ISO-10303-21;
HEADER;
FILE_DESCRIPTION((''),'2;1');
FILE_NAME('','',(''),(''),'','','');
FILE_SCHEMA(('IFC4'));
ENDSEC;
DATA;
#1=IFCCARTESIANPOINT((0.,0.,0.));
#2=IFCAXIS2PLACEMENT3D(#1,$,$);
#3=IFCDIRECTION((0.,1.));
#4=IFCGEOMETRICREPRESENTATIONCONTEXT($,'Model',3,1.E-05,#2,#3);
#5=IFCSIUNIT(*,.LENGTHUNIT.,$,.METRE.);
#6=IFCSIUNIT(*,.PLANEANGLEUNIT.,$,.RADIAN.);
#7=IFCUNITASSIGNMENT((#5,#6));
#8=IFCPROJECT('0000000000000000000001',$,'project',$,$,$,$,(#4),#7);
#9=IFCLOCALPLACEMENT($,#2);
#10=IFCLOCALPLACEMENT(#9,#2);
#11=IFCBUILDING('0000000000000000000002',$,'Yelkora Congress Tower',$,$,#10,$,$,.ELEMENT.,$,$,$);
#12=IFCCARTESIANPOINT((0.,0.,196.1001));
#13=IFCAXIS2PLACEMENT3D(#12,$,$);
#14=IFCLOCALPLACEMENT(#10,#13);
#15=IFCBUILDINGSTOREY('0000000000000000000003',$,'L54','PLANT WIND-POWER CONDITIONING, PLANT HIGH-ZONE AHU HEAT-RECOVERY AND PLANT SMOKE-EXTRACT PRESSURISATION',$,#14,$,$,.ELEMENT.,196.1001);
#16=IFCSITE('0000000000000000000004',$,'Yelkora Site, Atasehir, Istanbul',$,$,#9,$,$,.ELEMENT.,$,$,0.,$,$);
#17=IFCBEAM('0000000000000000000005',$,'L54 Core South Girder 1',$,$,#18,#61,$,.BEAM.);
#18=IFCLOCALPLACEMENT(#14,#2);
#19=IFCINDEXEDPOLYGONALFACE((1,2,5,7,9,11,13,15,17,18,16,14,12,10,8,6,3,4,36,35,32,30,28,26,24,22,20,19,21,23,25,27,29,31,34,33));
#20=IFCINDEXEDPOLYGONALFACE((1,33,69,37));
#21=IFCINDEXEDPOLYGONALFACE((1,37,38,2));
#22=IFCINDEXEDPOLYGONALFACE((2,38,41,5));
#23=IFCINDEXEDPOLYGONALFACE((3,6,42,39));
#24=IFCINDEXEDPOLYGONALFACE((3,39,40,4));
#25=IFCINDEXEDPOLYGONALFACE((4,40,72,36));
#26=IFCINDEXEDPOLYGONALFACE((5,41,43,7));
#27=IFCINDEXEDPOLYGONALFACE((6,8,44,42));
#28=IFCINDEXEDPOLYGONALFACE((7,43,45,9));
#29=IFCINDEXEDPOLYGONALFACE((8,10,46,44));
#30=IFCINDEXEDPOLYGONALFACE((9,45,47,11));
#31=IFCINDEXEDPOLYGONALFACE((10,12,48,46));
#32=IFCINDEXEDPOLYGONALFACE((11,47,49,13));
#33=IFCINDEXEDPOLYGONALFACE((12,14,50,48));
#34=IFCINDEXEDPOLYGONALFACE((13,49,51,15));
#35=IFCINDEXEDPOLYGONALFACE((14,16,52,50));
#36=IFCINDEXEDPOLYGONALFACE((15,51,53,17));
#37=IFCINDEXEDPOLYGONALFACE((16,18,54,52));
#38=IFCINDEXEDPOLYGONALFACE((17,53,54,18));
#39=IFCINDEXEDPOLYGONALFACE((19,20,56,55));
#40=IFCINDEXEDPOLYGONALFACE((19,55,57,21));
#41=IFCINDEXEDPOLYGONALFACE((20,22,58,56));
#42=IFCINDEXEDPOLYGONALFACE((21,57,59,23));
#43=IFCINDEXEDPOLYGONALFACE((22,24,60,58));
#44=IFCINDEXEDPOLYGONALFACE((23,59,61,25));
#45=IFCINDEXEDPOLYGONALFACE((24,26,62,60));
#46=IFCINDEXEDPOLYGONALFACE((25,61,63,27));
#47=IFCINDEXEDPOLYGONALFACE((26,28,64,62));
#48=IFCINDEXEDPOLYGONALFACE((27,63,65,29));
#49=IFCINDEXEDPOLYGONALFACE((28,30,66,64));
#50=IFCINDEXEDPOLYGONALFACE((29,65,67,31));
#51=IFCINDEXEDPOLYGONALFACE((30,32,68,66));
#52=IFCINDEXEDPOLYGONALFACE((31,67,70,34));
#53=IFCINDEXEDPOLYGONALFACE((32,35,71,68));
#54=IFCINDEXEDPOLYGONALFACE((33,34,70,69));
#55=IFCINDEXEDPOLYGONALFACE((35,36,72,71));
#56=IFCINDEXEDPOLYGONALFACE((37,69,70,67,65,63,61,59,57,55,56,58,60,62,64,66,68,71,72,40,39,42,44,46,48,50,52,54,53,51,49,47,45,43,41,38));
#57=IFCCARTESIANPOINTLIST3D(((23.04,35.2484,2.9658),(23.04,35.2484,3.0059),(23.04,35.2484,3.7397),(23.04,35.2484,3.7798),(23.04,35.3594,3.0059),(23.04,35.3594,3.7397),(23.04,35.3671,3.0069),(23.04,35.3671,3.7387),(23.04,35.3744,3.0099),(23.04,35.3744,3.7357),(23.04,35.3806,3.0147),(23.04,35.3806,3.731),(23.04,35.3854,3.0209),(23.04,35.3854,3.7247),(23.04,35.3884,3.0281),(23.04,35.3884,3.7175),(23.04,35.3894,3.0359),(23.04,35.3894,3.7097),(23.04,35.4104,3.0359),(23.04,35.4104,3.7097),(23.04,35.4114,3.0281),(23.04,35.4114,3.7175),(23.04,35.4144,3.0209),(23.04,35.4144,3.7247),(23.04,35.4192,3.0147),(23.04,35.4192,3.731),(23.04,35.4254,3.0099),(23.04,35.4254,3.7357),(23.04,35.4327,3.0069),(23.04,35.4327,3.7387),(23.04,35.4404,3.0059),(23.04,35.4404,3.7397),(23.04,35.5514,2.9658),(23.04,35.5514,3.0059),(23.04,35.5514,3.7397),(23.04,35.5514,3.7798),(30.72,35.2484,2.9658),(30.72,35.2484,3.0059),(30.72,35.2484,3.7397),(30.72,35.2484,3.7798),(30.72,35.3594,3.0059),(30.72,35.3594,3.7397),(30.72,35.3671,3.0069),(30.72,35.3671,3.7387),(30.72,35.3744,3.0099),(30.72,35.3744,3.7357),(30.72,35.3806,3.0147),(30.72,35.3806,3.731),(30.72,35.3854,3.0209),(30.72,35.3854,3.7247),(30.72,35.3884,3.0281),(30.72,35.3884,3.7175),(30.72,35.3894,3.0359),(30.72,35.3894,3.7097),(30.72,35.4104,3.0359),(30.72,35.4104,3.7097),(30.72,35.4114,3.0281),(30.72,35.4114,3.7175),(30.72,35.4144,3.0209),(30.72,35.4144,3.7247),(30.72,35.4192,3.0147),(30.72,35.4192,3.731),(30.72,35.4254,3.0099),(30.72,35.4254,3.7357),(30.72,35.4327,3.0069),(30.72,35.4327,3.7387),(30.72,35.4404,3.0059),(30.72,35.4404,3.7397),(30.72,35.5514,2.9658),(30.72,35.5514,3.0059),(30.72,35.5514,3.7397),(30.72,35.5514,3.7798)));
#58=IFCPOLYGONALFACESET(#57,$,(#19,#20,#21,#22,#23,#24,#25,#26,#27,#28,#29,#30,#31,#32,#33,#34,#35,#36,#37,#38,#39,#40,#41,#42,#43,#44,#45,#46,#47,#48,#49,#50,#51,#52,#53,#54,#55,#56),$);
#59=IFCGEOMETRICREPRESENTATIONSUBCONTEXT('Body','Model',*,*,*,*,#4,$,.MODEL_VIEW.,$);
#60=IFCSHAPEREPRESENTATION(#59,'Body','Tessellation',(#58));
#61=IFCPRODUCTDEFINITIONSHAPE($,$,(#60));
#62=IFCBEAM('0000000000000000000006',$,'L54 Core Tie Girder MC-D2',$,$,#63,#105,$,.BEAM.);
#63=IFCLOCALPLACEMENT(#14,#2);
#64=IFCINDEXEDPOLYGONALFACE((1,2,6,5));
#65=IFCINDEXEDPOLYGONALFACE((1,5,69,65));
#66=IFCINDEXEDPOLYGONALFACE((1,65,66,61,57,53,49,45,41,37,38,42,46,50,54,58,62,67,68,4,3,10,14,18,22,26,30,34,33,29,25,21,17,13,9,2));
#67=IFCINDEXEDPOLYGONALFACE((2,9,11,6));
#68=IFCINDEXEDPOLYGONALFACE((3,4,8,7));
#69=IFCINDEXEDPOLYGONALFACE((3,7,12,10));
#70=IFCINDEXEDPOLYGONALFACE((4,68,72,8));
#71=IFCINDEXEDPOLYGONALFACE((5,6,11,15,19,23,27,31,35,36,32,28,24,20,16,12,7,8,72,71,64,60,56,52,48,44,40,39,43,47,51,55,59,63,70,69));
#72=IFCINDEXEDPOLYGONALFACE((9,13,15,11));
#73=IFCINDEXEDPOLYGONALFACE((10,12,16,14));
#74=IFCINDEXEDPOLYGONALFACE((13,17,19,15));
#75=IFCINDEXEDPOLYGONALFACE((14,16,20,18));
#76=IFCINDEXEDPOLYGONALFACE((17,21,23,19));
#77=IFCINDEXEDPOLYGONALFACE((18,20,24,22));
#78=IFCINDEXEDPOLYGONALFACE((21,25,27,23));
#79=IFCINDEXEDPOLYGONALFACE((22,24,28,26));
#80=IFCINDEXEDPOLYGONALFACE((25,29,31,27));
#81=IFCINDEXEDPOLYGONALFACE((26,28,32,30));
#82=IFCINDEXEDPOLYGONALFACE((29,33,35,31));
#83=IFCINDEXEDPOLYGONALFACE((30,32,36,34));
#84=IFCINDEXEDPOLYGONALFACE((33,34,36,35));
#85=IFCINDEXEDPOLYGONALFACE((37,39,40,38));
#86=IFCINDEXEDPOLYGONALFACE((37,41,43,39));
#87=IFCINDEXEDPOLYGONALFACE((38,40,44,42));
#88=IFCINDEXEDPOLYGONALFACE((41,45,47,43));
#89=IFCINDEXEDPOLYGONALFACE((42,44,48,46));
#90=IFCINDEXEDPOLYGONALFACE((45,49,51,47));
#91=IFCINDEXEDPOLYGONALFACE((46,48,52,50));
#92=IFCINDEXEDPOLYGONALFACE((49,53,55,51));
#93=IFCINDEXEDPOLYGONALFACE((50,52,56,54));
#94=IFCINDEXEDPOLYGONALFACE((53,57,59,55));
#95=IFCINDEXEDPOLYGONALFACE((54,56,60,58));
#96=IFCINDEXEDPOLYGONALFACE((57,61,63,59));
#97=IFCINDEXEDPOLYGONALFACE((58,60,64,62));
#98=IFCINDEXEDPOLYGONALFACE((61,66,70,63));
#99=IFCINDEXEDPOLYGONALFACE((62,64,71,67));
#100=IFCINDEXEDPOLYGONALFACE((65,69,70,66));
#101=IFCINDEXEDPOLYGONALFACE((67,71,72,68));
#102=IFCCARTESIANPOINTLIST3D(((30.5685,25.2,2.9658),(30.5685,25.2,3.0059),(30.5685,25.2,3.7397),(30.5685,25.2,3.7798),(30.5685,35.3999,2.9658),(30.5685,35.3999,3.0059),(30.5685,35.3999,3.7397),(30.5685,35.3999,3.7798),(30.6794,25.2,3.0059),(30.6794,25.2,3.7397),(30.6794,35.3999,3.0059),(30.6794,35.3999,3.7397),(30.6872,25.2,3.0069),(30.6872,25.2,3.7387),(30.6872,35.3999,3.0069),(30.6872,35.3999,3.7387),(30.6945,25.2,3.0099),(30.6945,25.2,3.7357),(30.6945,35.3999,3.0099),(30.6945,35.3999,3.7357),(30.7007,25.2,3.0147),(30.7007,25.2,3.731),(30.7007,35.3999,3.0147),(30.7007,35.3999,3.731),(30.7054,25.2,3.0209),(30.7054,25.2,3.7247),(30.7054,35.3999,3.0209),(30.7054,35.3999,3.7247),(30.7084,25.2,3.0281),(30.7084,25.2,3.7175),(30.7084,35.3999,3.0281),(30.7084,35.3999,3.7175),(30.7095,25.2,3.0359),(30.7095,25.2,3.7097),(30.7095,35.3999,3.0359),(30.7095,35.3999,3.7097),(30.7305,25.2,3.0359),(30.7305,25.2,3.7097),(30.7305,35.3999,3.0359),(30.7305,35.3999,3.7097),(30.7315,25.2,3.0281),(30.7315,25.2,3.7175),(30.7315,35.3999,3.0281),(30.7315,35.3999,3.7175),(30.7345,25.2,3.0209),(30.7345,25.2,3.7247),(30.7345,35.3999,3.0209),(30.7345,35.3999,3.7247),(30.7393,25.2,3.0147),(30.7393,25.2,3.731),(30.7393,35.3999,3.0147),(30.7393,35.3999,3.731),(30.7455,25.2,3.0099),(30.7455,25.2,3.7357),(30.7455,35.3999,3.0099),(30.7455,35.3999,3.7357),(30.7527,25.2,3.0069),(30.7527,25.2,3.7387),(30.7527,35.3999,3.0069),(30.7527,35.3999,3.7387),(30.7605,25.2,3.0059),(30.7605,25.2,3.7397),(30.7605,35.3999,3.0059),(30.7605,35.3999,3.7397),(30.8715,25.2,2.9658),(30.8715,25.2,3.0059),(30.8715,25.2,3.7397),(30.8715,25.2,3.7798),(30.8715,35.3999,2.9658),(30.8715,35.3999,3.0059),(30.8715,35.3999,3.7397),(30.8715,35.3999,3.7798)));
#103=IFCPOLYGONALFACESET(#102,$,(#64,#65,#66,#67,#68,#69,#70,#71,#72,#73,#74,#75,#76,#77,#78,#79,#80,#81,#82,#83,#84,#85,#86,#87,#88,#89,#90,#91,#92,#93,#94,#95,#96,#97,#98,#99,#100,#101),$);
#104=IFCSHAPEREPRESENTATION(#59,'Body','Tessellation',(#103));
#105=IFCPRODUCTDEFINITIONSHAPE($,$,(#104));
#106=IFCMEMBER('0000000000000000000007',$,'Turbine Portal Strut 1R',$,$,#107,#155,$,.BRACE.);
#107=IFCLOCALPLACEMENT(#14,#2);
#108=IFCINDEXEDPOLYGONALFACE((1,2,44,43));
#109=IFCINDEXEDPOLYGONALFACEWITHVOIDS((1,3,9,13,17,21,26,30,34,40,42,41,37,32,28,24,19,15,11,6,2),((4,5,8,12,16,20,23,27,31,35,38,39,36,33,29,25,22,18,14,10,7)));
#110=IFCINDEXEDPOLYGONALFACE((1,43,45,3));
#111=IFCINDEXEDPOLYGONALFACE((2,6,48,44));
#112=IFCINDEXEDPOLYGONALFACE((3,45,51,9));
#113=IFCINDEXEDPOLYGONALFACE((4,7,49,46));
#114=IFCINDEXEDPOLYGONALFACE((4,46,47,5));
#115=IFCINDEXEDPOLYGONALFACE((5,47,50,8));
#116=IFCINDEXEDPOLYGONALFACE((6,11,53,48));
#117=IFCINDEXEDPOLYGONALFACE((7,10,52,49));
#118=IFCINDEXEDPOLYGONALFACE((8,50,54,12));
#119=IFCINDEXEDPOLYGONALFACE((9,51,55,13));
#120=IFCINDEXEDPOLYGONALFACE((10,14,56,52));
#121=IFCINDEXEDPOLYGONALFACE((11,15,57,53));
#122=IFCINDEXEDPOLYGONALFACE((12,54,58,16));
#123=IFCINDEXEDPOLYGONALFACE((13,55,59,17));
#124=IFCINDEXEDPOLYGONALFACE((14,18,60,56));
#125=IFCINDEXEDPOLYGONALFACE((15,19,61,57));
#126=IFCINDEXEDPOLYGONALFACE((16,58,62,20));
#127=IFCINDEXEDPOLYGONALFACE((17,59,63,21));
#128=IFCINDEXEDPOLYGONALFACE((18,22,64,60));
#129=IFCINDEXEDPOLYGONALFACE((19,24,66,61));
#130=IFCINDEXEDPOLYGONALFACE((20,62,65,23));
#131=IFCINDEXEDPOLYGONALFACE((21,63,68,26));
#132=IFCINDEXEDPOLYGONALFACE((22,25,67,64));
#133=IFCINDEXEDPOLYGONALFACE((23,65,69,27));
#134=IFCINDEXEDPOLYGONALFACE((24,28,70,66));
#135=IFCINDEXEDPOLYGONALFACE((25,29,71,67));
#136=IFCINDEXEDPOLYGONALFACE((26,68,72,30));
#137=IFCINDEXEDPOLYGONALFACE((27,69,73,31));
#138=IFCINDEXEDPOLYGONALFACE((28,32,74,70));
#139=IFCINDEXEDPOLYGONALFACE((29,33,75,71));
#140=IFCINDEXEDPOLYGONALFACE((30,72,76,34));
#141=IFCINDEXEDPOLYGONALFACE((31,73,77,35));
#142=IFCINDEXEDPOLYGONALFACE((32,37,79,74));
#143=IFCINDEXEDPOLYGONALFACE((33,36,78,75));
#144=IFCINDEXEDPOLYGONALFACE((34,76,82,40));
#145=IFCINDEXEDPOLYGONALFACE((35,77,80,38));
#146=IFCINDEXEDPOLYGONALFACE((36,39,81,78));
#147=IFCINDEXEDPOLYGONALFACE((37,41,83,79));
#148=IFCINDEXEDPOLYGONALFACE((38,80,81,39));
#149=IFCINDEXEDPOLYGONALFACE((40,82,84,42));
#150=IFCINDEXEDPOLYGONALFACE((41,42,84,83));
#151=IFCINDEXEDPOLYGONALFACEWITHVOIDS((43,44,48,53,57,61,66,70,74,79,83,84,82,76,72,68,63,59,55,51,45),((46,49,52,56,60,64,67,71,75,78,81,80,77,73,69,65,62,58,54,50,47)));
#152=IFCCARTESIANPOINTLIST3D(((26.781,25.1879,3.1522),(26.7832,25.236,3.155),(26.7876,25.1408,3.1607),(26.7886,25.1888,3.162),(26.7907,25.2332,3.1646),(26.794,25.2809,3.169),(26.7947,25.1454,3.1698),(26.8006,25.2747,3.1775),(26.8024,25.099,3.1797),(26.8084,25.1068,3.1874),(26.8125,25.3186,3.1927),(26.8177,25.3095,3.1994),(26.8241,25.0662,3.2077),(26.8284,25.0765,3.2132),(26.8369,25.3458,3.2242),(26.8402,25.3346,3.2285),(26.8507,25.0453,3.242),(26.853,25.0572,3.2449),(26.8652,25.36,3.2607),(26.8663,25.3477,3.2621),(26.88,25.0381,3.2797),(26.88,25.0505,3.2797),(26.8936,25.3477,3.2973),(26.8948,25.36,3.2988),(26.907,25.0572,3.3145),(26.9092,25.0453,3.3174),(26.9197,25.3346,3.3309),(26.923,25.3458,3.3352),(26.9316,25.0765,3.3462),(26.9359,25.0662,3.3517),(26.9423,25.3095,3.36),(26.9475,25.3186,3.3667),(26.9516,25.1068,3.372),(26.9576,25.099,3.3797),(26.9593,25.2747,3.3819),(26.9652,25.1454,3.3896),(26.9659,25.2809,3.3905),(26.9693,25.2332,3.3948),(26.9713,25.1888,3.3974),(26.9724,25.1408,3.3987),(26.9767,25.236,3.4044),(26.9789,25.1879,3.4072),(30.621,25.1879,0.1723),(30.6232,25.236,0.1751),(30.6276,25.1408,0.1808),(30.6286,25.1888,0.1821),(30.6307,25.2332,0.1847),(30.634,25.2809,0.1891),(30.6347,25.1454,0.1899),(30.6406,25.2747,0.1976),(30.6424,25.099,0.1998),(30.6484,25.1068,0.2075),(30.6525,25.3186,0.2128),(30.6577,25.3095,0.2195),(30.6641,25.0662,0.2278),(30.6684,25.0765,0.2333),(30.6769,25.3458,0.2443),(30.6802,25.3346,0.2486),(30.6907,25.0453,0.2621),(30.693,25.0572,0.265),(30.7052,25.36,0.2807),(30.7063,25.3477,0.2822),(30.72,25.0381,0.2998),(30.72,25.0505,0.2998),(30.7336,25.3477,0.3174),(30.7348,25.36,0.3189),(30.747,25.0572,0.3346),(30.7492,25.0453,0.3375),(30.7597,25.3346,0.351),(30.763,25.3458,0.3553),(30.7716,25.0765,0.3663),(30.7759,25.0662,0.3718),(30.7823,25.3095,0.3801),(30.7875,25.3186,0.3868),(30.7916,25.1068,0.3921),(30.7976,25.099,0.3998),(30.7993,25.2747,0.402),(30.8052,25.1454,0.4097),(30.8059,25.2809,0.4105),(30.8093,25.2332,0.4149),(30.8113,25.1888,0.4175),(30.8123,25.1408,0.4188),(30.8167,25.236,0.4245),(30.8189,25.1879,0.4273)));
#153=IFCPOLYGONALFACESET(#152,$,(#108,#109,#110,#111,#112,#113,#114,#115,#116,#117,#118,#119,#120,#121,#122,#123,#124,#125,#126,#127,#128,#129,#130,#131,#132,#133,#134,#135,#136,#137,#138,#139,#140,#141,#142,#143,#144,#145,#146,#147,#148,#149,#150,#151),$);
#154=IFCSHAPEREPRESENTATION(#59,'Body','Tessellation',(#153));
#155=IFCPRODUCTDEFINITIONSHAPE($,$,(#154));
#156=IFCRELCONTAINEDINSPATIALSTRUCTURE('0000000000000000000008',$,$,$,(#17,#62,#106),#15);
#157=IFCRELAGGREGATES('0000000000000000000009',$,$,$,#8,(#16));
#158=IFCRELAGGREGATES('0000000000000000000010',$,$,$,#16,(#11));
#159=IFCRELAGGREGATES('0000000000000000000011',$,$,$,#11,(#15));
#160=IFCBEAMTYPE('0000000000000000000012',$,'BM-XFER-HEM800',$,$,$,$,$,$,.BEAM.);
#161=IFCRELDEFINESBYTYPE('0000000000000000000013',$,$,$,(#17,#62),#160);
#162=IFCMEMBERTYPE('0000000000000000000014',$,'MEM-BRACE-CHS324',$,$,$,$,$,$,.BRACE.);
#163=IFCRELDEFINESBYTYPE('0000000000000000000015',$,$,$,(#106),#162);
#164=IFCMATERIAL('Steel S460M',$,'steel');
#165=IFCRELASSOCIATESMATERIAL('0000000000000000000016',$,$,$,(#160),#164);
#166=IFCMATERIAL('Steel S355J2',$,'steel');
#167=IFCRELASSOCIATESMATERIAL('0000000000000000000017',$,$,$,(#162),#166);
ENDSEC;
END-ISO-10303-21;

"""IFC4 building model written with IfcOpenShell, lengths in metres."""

from ifc_helpers import new_model, si_unit, direction, frame, origin, origin_2d, place, context, subcontext, project, spatial, hollow_circle, i_section, extrude, material, material_profile, profile_set, type_object, element, save


model = new_model("IFC4")

# Units and contexts
model_context = context("Model", 3, precision=1e-05, world=origin(), true_north=direction((0.0, 1.0)))
body_context = subcontext(model_context, "Body", "Model", "MODEL_VIEW")
ifc_project = project(units=[si_unit("LENGTHUNIT", "METRE"), si_unit("PLANEANGLEUNIT", "RADIAN")], contexts=[model_context])

# Site, building, storey
site_placement = place(None, origin())
site = spatial("IfcSite", under=ifc_project, at=site_placement, Name="Yelkora Site, Atasehir, Istanbul", CompositionType="ELEMENT", RefElevation=0.0)
building_placement = place(site_placement, origin())
building = spatial("IfcBuilding", under=site, at=building_placement, Name="Yelkora Congress Tower", CompositionType="ELEMENT")
storey_placement = place(building_placement, frame((0.0, 0.0, 196.1001)))
storey = spatial("IfcBuildingStorey", under=building, at=storey_placement, Name="L54", Description="PLANT WIND-POWER CONDITIONING, PLANT HIGH-ZONE AHU HEAT-RECOVERY AND PLANT SMOKE-EXTRACT PRESSURISATION", CompositionType="ELEMENT", Elevation=196.1001)

# Shared definitions
ifc_material_1 = material(Name="Steel S460M", Category="steel")

# Beams
ifc_material_profile_1 = material_profile(ifc_material_1, i_section(OverallWidth=0.303, OverallDepth=0.814, WebThickness=0.021, FlangeThickness=0.04, FilletRadius=0.03, at=origin_2d()), Name="HEM 800")
ifc_profile_set_1 = profile_set([ifc_material_profile_1], Name="Steel S460M")
beam_type = type_object("IfcBeamType", Name="BM-XFER-HEM800", PredefinedType="BEAM", material=ifc_profile_set_1)
for number, where, z_axis, x_axis, name in (
    (1, (23.04, 35.3999, 3.3728), (1.0, 0.0, 0.0), (0.0, 1.0, 0.0), "L54 Core South Girder 1"),
):
    element("IfcBeam", number, at=place(storey_placement, frame(where, z_axis=z_axis, x_axis=x_axis)), inside=storey, type_object=beam_type, Name=name, PredefinedType="BEAM", context=body_context, shape_type="SweptSolid", body=[
        extrude(i_section(OverallWidth=0.303, OverallDepth=0.814, WebThickness=0.021, FlangeThickness=0.04, FilletRadius=0.03, at=origin_2d()), origin(), (0.0, 0.0, 1.0), 7.6799),
    ])
beam_placement = place(storey_placement, frame((30.72, 25.2, 3.3728), z_axis=(0.0, 1.0, 0.0), x_axis=(-1.0, 0.0, 0.0)))
element("IfcBeam", 2, at=beam_placement, inside=storey, type_object=beam_type, Name="L54 Core Tie Girder MC-D2", PredefinedType="BEAM", context=body_context, shape_type="SweptSolid", body=[
    extrude(i_section(OverallWidth=0.303, OverallDepth=0.814, WebThickness=0.021, FlangeThickness=0.04, FilletRadius=0.03, at=origin_2d()), origin(), (0.0, 0.0, 1.0), 10.2),
])

# Member
ifc_material_2 = material(Name="Steel S355J2", Category="steel")
ifc_material_profile_2 = material_profile(ifc_material_2, hollow_circle(Radius=0.1619, WallThickness=0.0125, at=origin_2d()), Name="CHS 323.9x12.5")
ifc_profile_set_2 = profile_set([ifc_material_profile_2], Name="Steel S355J2")
member_type_1 = type_object("IfcMemberType", Name="MEM-BRACE-CHS324", PredefinedType="BRACE", material=ifc_profile_set_2)
member_1_placement = place(storey_placement, frame((30.72, 25.2, 0.2998), z_axis=(-0.790025, 0.0, 0.613074), x_axis=(0.0, -1.0, 0.0)))
element("IfcMember", 3, at=member_1_placement, inside=storey, type_object=member_type_1, Name="Turbine Portal Strut 1R", PredefinedType="BRACE", context=body_context, shape_type="SweptSolid", body=[
    extrude(hollow_circle(Radius=0.1619, WallThickness=0.0125, at=origin_2d()), origin(), (0.0, 0.0, 1.0), 4.8606),
])

save(model, "model.ifc")
